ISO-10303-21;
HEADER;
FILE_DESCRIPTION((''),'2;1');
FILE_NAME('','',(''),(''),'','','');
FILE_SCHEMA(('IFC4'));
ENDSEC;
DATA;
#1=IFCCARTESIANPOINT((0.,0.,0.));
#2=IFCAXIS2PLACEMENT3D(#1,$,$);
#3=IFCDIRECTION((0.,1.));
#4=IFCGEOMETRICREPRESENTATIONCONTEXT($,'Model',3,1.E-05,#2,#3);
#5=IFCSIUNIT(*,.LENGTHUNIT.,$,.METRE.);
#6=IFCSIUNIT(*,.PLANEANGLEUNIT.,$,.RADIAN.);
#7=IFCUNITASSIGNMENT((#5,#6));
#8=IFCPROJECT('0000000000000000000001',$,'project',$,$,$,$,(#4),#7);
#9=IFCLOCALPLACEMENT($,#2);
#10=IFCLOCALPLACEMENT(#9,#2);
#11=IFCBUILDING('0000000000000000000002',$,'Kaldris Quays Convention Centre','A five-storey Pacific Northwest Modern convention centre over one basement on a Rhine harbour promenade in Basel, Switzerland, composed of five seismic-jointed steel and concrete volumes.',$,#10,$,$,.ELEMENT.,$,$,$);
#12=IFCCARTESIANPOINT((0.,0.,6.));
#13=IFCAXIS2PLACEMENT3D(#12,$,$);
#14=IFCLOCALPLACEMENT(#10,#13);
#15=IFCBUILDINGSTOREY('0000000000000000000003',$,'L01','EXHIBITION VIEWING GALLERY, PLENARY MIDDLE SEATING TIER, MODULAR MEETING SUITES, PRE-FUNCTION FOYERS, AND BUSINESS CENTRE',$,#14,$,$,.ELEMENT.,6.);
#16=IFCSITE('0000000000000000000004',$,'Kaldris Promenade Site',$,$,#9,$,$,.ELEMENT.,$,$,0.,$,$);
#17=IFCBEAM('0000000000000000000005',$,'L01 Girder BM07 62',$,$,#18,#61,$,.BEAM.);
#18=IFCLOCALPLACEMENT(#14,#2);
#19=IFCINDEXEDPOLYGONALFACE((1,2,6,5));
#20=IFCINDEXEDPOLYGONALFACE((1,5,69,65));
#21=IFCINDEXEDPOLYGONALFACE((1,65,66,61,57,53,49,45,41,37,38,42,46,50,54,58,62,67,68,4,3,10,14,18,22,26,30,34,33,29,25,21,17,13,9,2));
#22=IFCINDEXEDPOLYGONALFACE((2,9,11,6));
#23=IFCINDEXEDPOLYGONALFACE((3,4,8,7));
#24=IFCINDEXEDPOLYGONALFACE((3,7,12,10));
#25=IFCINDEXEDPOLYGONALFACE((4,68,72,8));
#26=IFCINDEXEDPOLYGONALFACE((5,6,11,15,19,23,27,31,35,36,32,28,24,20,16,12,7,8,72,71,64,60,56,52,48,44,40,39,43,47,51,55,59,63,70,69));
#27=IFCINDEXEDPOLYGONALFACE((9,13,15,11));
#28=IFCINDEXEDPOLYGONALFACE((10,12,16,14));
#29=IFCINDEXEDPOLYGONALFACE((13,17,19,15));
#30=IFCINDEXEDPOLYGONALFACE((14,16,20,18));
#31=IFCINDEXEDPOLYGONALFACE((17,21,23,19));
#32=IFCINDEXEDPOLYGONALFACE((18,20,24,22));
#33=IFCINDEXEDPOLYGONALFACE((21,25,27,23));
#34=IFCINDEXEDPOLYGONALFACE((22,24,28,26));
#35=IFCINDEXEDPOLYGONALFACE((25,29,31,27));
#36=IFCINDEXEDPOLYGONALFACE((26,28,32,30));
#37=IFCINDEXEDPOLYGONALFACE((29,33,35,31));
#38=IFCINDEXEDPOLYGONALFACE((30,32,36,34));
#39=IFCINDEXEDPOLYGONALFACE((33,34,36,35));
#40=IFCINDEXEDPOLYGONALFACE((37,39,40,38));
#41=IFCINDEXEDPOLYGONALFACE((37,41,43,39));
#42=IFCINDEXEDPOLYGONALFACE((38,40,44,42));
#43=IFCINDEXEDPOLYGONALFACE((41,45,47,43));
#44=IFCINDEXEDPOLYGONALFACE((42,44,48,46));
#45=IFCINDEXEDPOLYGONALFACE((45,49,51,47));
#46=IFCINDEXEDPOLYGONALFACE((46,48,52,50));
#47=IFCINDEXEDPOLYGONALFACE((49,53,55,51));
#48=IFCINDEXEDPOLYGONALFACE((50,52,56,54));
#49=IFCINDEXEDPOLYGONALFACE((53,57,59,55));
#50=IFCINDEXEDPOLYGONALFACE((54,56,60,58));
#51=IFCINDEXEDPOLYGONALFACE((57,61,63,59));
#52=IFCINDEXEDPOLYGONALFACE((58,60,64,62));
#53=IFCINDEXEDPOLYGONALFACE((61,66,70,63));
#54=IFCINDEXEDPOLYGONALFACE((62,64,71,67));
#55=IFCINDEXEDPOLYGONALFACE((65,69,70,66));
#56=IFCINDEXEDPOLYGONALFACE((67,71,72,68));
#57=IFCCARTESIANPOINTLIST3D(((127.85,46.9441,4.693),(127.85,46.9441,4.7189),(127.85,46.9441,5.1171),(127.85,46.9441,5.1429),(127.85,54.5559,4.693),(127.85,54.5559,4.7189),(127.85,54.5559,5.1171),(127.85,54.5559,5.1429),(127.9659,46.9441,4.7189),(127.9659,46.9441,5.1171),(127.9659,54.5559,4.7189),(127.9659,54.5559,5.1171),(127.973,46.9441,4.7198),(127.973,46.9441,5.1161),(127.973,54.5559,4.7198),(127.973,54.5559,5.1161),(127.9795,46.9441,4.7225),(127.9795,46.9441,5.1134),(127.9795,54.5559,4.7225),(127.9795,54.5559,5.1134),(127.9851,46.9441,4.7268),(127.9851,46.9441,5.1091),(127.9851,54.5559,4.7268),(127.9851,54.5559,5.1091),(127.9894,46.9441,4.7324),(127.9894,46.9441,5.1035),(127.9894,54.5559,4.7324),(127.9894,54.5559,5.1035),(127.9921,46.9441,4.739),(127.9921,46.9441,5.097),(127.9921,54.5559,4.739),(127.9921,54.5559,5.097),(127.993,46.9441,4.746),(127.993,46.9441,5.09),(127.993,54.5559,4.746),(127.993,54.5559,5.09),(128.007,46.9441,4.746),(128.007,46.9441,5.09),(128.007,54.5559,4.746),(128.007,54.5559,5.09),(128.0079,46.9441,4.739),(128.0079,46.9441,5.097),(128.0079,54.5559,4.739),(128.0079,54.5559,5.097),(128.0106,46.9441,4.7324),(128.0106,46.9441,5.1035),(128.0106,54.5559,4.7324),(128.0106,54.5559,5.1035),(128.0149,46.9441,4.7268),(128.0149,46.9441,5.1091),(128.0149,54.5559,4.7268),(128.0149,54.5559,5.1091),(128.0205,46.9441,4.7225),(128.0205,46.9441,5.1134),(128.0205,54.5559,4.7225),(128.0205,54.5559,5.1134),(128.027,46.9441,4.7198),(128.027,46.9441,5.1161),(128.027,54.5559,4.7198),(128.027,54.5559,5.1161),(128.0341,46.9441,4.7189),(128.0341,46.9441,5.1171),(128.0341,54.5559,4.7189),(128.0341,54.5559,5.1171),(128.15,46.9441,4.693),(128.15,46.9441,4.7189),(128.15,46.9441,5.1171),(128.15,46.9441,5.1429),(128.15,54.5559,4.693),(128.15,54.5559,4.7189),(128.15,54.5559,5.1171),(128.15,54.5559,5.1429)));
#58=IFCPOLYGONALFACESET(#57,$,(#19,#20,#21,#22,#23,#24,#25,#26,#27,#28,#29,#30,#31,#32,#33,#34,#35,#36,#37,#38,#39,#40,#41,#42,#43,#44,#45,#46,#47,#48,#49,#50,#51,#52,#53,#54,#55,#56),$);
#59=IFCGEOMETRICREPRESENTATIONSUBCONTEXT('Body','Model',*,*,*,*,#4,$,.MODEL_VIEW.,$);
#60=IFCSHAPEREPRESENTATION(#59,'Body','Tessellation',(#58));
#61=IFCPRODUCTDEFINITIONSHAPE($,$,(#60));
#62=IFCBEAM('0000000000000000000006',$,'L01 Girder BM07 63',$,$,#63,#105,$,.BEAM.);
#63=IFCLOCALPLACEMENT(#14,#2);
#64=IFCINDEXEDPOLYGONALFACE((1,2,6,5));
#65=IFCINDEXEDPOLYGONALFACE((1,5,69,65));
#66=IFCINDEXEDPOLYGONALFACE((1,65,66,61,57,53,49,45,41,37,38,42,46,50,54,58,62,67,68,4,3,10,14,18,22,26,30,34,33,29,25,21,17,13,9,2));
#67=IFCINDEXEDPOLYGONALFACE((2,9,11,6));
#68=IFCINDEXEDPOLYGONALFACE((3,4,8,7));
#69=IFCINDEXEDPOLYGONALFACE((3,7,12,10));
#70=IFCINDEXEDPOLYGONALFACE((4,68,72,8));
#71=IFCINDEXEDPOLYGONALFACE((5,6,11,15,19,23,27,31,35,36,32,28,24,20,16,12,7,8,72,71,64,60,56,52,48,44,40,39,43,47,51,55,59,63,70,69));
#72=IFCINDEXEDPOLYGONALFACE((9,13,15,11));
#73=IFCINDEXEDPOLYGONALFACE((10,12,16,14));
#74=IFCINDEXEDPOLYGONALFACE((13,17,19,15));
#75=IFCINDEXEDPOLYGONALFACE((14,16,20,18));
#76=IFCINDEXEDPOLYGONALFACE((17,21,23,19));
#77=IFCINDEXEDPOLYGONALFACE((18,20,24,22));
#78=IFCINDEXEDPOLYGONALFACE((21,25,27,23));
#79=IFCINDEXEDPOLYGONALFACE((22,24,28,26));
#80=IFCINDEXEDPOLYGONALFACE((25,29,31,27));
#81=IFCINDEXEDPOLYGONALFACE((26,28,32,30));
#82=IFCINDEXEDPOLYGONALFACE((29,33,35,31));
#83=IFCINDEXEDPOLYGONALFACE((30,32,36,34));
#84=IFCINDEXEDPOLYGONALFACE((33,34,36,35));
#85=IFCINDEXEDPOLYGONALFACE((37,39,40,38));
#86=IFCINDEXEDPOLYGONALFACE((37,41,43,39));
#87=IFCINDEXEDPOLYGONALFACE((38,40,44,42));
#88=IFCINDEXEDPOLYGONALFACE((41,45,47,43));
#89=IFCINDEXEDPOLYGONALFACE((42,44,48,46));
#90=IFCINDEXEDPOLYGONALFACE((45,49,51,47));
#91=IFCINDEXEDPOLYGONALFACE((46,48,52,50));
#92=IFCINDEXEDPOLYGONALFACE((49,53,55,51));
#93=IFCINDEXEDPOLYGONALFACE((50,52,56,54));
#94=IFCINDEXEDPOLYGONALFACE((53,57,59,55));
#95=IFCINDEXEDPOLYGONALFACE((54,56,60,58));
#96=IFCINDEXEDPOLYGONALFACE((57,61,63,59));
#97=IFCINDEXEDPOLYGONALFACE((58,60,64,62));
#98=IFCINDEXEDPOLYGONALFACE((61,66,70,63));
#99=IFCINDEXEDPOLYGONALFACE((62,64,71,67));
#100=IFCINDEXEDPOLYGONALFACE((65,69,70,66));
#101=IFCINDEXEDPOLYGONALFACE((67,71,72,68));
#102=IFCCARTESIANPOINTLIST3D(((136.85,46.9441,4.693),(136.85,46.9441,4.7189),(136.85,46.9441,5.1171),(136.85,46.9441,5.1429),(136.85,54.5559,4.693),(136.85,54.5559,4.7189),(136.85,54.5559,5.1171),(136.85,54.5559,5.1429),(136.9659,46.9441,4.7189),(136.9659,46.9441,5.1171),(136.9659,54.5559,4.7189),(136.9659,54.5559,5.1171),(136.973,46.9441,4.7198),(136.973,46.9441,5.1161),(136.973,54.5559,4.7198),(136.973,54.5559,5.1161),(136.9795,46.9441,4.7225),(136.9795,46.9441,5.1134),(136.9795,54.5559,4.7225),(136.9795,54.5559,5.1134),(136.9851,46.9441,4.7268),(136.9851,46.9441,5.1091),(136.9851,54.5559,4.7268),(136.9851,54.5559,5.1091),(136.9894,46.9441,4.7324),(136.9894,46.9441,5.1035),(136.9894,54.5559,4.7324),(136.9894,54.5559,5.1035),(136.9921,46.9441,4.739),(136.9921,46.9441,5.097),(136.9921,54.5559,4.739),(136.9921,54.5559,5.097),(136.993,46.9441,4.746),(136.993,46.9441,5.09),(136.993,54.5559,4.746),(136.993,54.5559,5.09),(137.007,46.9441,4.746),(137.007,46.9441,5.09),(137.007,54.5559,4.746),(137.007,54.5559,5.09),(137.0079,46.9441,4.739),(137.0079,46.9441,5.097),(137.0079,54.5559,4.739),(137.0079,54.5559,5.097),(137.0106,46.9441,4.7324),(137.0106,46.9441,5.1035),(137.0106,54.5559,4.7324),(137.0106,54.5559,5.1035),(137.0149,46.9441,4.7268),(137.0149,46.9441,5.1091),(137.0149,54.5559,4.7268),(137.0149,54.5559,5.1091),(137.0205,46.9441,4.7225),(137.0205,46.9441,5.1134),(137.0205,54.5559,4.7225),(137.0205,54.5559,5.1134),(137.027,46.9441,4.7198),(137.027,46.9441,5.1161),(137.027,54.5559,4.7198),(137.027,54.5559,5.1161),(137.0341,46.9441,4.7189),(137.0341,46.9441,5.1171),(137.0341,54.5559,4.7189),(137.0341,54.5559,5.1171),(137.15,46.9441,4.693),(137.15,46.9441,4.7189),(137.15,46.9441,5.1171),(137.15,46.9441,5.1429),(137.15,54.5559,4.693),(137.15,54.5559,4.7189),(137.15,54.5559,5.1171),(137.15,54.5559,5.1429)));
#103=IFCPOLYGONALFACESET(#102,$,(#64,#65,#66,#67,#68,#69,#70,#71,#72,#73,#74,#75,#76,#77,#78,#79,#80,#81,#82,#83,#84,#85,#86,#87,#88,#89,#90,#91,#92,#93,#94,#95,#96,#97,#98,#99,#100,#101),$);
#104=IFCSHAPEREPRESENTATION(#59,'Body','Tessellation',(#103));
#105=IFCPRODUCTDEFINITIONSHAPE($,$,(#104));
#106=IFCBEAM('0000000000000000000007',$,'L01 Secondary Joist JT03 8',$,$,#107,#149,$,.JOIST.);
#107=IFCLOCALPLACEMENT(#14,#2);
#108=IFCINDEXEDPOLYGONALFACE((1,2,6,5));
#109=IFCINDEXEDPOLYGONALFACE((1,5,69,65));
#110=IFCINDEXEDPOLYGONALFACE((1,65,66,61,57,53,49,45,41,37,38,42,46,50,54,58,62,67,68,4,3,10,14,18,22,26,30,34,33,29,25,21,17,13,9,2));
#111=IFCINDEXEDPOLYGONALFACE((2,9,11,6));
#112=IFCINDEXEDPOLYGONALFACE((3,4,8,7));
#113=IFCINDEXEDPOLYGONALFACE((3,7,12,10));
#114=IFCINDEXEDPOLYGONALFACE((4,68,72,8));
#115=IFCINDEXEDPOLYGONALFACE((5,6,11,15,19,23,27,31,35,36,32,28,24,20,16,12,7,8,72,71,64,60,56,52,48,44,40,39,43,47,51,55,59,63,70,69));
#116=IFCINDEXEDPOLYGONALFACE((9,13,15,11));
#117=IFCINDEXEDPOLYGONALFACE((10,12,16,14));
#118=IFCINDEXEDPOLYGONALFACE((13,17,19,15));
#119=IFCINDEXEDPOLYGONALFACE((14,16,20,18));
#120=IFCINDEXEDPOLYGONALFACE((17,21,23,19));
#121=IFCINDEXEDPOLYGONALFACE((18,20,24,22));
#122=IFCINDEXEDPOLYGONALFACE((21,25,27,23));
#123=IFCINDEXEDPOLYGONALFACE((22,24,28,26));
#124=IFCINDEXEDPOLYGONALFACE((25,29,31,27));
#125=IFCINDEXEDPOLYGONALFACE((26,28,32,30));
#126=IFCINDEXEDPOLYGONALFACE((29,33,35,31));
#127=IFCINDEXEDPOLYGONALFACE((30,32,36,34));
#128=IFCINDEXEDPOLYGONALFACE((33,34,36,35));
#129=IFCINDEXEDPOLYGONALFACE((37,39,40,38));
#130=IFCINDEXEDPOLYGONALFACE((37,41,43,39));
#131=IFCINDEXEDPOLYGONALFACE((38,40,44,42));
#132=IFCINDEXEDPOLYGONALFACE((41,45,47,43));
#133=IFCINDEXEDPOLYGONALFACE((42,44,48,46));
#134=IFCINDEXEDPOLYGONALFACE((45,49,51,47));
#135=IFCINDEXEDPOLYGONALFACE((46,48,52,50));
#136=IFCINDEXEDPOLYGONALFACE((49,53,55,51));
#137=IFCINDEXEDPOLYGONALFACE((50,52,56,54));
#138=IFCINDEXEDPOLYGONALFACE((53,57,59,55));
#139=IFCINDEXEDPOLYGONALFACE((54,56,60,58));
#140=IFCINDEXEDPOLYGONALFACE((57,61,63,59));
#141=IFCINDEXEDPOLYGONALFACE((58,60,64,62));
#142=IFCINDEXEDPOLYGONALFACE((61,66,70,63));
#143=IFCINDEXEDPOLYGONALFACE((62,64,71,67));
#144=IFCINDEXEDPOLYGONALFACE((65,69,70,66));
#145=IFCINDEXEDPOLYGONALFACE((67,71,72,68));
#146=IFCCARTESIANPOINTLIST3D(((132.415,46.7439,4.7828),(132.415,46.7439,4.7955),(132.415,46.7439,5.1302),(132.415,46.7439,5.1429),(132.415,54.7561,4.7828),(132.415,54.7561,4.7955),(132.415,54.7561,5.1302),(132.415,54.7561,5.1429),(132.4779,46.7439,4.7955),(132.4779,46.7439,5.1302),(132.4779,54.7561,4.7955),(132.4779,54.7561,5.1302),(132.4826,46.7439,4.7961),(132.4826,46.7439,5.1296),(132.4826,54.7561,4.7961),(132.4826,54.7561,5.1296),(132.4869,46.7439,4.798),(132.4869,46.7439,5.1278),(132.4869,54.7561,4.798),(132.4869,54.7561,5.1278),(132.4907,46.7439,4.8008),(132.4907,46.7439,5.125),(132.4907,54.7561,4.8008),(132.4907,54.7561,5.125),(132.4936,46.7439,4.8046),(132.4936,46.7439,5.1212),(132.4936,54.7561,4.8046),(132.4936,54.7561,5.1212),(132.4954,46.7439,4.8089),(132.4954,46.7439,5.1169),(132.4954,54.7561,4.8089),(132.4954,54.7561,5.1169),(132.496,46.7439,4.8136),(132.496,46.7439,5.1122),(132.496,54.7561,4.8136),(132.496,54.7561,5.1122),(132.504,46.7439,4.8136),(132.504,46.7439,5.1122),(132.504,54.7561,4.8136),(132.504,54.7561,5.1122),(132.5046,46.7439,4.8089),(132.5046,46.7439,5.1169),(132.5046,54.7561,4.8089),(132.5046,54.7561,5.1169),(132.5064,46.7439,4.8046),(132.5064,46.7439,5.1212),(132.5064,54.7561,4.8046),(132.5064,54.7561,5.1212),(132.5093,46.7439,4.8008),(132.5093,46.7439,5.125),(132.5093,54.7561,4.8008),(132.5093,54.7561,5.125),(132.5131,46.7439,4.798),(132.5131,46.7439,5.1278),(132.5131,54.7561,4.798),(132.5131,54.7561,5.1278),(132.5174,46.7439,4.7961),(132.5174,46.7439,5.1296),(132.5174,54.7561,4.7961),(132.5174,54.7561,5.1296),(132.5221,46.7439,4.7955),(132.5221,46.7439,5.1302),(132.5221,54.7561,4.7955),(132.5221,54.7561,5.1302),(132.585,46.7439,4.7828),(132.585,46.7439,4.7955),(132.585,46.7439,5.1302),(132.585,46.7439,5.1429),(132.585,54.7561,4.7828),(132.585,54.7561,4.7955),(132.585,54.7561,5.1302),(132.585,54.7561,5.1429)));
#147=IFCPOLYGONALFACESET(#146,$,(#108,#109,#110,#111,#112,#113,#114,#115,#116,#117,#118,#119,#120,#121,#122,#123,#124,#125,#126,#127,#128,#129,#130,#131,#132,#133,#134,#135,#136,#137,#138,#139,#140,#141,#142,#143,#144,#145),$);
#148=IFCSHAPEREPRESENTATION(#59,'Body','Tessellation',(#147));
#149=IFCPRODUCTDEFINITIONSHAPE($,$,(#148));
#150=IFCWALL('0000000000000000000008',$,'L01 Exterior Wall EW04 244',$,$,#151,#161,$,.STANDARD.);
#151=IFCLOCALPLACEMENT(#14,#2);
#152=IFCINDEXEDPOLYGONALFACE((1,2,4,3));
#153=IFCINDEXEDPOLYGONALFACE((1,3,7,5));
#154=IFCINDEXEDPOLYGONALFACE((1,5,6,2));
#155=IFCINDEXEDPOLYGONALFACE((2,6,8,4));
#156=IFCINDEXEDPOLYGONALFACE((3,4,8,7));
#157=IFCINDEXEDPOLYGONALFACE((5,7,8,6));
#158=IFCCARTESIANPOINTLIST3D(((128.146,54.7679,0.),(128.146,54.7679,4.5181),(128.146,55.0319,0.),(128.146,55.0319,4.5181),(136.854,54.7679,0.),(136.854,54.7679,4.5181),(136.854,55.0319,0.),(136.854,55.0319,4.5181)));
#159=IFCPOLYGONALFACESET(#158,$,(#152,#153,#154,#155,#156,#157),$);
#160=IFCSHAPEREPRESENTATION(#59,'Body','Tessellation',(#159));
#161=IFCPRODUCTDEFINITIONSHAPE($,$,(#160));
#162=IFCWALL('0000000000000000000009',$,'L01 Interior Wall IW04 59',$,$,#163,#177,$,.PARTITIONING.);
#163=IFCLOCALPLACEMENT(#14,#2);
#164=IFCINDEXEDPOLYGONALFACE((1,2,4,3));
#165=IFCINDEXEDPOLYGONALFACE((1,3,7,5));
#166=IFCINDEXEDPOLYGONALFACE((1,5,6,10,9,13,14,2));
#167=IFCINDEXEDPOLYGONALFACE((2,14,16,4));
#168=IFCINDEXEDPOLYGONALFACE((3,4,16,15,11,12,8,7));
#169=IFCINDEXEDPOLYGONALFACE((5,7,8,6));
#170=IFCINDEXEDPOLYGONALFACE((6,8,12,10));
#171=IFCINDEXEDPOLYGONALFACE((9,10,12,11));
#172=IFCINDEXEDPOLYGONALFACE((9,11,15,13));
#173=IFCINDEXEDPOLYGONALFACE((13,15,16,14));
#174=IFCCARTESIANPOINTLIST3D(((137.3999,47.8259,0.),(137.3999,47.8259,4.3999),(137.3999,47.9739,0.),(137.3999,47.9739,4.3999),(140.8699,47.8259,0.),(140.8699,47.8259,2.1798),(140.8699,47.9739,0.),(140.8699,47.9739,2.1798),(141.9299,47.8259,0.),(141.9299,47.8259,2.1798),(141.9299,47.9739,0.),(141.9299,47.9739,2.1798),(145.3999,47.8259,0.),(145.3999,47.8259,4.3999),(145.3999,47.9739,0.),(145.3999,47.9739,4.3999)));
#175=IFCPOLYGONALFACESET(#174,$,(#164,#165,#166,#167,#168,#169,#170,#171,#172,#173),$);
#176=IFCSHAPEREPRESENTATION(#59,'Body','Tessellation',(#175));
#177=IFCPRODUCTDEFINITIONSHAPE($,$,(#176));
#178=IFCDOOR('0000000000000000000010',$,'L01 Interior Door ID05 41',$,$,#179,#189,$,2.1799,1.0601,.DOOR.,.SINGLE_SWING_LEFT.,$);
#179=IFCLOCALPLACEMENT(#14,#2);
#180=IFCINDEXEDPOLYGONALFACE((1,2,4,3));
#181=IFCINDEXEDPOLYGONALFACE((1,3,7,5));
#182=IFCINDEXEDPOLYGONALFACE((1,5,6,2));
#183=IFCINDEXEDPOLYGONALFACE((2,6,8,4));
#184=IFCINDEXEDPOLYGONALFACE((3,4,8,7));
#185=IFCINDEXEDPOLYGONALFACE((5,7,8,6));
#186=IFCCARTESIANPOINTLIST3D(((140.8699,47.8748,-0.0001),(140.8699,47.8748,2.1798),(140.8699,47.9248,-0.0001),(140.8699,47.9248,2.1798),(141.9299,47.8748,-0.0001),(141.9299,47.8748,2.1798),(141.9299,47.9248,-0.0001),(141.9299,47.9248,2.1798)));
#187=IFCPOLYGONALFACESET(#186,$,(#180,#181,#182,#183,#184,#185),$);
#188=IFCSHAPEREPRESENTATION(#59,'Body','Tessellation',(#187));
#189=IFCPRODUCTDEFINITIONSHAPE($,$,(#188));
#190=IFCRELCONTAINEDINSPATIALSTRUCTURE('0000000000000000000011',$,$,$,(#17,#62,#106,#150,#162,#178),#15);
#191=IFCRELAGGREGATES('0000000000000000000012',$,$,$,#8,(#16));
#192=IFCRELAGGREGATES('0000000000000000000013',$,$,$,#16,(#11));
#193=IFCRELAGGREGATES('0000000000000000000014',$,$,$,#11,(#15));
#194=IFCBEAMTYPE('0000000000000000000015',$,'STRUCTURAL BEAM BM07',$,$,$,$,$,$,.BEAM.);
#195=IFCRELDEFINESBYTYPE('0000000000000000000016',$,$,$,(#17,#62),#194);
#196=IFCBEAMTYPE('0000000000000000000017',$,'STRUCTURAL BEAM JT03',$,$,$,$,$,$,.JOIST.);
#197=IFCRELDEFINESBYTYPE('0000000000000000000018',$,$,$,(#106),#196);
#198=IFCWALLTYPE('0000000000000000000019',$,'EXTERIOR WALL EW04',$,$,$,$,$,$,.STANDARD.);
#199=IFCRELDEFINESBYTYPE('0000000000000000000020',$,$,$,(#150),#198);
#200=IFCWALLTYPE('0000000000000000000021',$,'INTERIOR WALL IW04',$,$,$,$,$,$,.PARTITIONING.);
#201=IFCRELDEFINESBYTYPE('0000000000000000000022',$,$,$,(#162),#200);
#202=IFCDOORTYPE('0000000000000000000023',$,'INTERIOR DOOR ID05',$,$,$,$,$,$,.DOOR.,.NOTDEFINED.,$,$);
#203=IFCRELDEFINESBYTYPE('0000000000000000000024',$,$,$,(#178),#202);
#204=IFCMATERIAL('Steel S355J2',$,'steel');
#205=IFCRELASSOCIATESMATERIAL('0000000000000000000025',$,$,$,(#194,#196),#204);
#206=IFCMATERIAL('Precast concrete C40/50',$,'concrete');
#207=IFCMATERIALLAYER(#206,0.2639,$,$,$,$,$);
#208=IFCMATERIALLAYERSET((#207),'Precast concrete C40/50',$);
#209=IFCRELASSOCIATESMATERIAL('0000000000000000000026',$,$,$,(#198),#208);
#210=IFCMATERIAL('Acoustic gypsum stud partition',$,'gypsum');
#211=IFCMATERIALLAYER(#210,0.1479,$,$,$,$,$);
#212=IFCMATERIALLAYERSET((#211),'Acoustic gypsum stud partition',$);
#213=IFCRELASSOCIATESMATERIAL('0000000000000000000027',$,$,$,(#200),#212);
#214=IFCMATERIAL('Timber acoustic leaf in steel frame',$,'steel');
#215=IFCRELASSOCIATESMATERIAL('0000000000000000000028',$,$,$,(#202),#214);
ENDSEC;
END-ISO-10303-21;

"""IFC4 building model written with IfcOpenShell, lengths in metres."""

from ifc_helpers import new_model, si_unit, direction, frame, frame_2d, origin, origin_2d, place, context, subcontext, project, spatial, rectangle, i_section, extrude, material, layer, layer_set, material_profile, profile_set, type_object, element, fill, save


model = new_model("IFC4")

# Units and contexts
model_context = context("Model", 3, precision=1e-05, world=origin(), true_north=direction((0.0, 1.0)))
body_context = subcontext(model_context, "Body", "Model", "MODEL_VIEW")
ifc_project = project(units=[si_unit("LENGTHUNIT", "METRE"), si_unit("PLANEANGLEUNIT", "RADIAN")], contexts=[model_context])

# Site, building, storey
site_placement = place(None, origin())
site = spatial("IfcSite", under=ifc_project, at=site_placement, Name="Kaldris Promenade Site", CompositionType="ELEMENT", RefElevation=0.0)
building_placement = place(site_placement, origin())
building = spatial("IfcBuilding", under=site, at=building_placement, Name="Kaldris Quays Convention Centre", Description="A five-storey Pacific Northwest Modern convention centre over one basement on a Rhine harbour promenade in Basel, Switzerland, composed of five seismic-jointed steel and concrete volumes.", CompositionType="ELEMENT")
storey_placement = place(building_placement, frame((0.0, 0.0, 6.0)))
storey = spatial("IfcBuildingStorey", under=building, at=storey_placement, Name="L01", Description="EXHIBITION VIEWING GALLERY, PLENARY MIDDLE SEATING TIER, MODULAR MEETING SUITES, PRE-FUNCTION FOYERS, AND BUSINESS CENTRE", CompositionType="ELEMENT", Elevation=6.0)

# Shared definitions
ifc_material_1 = material(Name="Steel S355J2", Category="steel")

# Beams
ifc_material_profile_1 = material_profile(ifc_material_1, i_section(OverallWidth=0.3, OverallDepth=0.45, WebThickness=0.0139, FlangeThickness=0.0259, FilletRadius=0.0271, at=origin_2d()), Name="HEB 450")
ifc_profile_set_1 = profile_set([ifc_material_profile_1], Name="Steel S355J2")
beam_type_1 = type_object("IfcBeamType", Name="STRUCTURAL BEAM BM07", PredefinedType="BEAM", material=ifc_profile_set_1)
for number, where, z_axis, x_axis, name in (
    (1, (128.0, 46.9441, 4.918), (0.0, 1.0, 0.0), (-1.0, 0.0, 0.0), "L01 Girder BM07 62"),
    (2, (137.0, 46.9441, 4.918), (0.0, 1.0, 0.0), (-1.0, 0.0, 0.0), "L01 Girder BM07 63"),
):
    element("IfcBeam", number, at=place(storey_placement, frame(where, z_axis=z_axis, x_axis=x_axis)), inside=storey, type_object=beam_type_1, Name=name, PredefinedType="BEAM", context=body_context, shape_type="SweptSolid", body=[
        extrude(i_section(OverallWidth=0.3, OverallDepth=0.45, WebThickness=0.0139, FlangeThickness=0.0259, FilletRadius=0.0271, at=origin_2d()), origin(), (0.0, 0.0, 1.0), 7.6118),
    ])
ifc_material_profile_2 = material_profile(ifc_material_1, i_section(OverallWidth=0.1699, OverallDepth=0.3601, WebThickness=0.0081, FlangeThickness=0.0127, FilletRadius=0.0181, at=origin_2d()), Name="IPE 360")
ifc_profile_set_2 = profile_set([ifc_material_profile_2], Name="Steel S355J2")
beam_type_2 = type_object("IfcBeamType", Name="STRUCTURAL BEAM JT03", PredefinedType="JOIST", material=ifc_profile_set_2)
beam_placement = place(storey_placement, frame((132.5, 46.7439, 4.9629), z_axis=(0.0, 1.0, 0.0), x_axis=(-1.0, 0.0, 0.0)))
element("IfcBeam", 3, at=beam_placement, inside=storey, type_object=beam_type_2, Name="L01 Secondary Joist JT03 8", PredefinedType="JOIST", context=body_context, shape_type="SweptSolid", body=[
    extrude(i_section(OverallWidth=0.1699, OverallDepth=0.3601, WebThickness=0.0081, FlangeThickness=0.0127, FilletRadius=0.0181, at=origin_2d()), origin(), (0.0, 0.0, 1.0), 8.0122),
])

# Wall
ifc_material_2 = material(Name="Precast concrete C40/50", Category="concrete")
ifc_layer_1 = layer(ifc_material_2, 0.2639)
ifc_layer_set_1 = layer_set([ifc_layer_1], Name="Precast concrete C40/50")
wall_type_1 = type_object("IfcWallType", Name="EXTERIOR WALL EW04", PredefinedType="STANDARD", material=ifc_layer_set_1)
wall_1_placement = place(storey_placement, frame((128.146, 54.8999, 0.0), z_axis=(0.0, 0.0, 1.0), x_axis=(1.0, 0.0, 0.0)))
element("IfcWall", 4, at=wall_1_placement, inside=storey, type_object=wall_type_1, Name="L01 Exterior Wall EW04 244", PredefinedType="STANDARD", context=body_context, shape_type="SweptSolid", body=[
    extrude(rectangle(XDim=8.708, YDim=0.2639, at=frame_2d((4.354, 0.0))), origin(), (0.0, 0.0, 1.0), 4.5181),
])

# Wall, opening, door
ifc_material_3 = material(Name="Acoustic gypsum stud partition", Category="gypsum")
ifc_layer_2 = layer(ifc_material_3, 0.1479)
ifc_layer_set_2 = layer_set([ifc_layer_2], Name="Acoustic gypsum stud partition")
wall_type_2 = type_object("IfcWallType", Name="INTERIOR WALL IW04", PredefinedType="PARTITIONING", material=ifc_layer_set_2)
wall_2_placement = place(storey_placement, frame((137.3999, 47.8999, 0.0), z_axis=(0.0, 0.0, 1.0), x_axis=(1.0, 0.0, 0.0)))
wall_2 = element("IfcWall", 5, at=wall_2_placement, inside=storey, type_object=wall_type_2, Name="L01 Interior Wall IW04 59", PredefinedType="PARTITIONING", context=body_context, shape_type="SweptSolid", body=[
    extrude(rectangle(XDim=8.0, YDim=0.1479, at=frame_2d((4.0, 0.0))), origin(), (0.0, 0.0, 1.0), 4.3999),
])
opening_1_placement = place(wall_2_placement, frame((3.47, 0.0, 0.0)))
opening_1 = element("IfcOpeningElement", 6, at=opening_1_placement, cuts=wall_2, PredefinedType="OPENING", context=body_context, shape_type="SweptSolid", body=[
    extrude(rectangle(XDim=1.0601, YDim=2.1799, at=frame_2d((0.53, 1.0898))), frame((0.0, 0.084, 0.0), z_axis=(0.0, -1.0, 0.0), x_axis=(1.0, 0.0, 0.0)), (0.0, 0.0, 1.0), 0.168),
])
ifc_material_4 = material(Name="Timber acoustic leaf in steel frame", Category="steel")
door_type_1 = type_object("IfcDoorType", Name="INTERIOR DOOR ID05", OperationType="NOTDEFINED", PredefinedType="DOOR", material=ifc_material_4)
door_1_placement = place(opening_1_placement, origin())
door_1 = element("IfcDoor", 7, at=door_1_placement, inside=storey, type_object=door_type_1, Name="L01 Interior Door ID05 41", OperationType="SINGLE_SWING_LEFT", OverallHeight=2.1799, OverallWidth=1.0601, PredefinedType="DOOR", context=body_context, shape_type="SweptSolid", body=[
    extrude(rectangle(XDim=1.0601, YDim=2.1799, at=frame_2d((0.53, 1.0898))), frame((0.0, 0.0249, 0.0), z_axis=(0.0, -1.0, 0.0), x_axis=(1.0, 0.0, 0.0)), (0.0, 0.0, 1.0), 0.05),
])
fill(opening_1, door_1)

save(model, "model.ifc")
